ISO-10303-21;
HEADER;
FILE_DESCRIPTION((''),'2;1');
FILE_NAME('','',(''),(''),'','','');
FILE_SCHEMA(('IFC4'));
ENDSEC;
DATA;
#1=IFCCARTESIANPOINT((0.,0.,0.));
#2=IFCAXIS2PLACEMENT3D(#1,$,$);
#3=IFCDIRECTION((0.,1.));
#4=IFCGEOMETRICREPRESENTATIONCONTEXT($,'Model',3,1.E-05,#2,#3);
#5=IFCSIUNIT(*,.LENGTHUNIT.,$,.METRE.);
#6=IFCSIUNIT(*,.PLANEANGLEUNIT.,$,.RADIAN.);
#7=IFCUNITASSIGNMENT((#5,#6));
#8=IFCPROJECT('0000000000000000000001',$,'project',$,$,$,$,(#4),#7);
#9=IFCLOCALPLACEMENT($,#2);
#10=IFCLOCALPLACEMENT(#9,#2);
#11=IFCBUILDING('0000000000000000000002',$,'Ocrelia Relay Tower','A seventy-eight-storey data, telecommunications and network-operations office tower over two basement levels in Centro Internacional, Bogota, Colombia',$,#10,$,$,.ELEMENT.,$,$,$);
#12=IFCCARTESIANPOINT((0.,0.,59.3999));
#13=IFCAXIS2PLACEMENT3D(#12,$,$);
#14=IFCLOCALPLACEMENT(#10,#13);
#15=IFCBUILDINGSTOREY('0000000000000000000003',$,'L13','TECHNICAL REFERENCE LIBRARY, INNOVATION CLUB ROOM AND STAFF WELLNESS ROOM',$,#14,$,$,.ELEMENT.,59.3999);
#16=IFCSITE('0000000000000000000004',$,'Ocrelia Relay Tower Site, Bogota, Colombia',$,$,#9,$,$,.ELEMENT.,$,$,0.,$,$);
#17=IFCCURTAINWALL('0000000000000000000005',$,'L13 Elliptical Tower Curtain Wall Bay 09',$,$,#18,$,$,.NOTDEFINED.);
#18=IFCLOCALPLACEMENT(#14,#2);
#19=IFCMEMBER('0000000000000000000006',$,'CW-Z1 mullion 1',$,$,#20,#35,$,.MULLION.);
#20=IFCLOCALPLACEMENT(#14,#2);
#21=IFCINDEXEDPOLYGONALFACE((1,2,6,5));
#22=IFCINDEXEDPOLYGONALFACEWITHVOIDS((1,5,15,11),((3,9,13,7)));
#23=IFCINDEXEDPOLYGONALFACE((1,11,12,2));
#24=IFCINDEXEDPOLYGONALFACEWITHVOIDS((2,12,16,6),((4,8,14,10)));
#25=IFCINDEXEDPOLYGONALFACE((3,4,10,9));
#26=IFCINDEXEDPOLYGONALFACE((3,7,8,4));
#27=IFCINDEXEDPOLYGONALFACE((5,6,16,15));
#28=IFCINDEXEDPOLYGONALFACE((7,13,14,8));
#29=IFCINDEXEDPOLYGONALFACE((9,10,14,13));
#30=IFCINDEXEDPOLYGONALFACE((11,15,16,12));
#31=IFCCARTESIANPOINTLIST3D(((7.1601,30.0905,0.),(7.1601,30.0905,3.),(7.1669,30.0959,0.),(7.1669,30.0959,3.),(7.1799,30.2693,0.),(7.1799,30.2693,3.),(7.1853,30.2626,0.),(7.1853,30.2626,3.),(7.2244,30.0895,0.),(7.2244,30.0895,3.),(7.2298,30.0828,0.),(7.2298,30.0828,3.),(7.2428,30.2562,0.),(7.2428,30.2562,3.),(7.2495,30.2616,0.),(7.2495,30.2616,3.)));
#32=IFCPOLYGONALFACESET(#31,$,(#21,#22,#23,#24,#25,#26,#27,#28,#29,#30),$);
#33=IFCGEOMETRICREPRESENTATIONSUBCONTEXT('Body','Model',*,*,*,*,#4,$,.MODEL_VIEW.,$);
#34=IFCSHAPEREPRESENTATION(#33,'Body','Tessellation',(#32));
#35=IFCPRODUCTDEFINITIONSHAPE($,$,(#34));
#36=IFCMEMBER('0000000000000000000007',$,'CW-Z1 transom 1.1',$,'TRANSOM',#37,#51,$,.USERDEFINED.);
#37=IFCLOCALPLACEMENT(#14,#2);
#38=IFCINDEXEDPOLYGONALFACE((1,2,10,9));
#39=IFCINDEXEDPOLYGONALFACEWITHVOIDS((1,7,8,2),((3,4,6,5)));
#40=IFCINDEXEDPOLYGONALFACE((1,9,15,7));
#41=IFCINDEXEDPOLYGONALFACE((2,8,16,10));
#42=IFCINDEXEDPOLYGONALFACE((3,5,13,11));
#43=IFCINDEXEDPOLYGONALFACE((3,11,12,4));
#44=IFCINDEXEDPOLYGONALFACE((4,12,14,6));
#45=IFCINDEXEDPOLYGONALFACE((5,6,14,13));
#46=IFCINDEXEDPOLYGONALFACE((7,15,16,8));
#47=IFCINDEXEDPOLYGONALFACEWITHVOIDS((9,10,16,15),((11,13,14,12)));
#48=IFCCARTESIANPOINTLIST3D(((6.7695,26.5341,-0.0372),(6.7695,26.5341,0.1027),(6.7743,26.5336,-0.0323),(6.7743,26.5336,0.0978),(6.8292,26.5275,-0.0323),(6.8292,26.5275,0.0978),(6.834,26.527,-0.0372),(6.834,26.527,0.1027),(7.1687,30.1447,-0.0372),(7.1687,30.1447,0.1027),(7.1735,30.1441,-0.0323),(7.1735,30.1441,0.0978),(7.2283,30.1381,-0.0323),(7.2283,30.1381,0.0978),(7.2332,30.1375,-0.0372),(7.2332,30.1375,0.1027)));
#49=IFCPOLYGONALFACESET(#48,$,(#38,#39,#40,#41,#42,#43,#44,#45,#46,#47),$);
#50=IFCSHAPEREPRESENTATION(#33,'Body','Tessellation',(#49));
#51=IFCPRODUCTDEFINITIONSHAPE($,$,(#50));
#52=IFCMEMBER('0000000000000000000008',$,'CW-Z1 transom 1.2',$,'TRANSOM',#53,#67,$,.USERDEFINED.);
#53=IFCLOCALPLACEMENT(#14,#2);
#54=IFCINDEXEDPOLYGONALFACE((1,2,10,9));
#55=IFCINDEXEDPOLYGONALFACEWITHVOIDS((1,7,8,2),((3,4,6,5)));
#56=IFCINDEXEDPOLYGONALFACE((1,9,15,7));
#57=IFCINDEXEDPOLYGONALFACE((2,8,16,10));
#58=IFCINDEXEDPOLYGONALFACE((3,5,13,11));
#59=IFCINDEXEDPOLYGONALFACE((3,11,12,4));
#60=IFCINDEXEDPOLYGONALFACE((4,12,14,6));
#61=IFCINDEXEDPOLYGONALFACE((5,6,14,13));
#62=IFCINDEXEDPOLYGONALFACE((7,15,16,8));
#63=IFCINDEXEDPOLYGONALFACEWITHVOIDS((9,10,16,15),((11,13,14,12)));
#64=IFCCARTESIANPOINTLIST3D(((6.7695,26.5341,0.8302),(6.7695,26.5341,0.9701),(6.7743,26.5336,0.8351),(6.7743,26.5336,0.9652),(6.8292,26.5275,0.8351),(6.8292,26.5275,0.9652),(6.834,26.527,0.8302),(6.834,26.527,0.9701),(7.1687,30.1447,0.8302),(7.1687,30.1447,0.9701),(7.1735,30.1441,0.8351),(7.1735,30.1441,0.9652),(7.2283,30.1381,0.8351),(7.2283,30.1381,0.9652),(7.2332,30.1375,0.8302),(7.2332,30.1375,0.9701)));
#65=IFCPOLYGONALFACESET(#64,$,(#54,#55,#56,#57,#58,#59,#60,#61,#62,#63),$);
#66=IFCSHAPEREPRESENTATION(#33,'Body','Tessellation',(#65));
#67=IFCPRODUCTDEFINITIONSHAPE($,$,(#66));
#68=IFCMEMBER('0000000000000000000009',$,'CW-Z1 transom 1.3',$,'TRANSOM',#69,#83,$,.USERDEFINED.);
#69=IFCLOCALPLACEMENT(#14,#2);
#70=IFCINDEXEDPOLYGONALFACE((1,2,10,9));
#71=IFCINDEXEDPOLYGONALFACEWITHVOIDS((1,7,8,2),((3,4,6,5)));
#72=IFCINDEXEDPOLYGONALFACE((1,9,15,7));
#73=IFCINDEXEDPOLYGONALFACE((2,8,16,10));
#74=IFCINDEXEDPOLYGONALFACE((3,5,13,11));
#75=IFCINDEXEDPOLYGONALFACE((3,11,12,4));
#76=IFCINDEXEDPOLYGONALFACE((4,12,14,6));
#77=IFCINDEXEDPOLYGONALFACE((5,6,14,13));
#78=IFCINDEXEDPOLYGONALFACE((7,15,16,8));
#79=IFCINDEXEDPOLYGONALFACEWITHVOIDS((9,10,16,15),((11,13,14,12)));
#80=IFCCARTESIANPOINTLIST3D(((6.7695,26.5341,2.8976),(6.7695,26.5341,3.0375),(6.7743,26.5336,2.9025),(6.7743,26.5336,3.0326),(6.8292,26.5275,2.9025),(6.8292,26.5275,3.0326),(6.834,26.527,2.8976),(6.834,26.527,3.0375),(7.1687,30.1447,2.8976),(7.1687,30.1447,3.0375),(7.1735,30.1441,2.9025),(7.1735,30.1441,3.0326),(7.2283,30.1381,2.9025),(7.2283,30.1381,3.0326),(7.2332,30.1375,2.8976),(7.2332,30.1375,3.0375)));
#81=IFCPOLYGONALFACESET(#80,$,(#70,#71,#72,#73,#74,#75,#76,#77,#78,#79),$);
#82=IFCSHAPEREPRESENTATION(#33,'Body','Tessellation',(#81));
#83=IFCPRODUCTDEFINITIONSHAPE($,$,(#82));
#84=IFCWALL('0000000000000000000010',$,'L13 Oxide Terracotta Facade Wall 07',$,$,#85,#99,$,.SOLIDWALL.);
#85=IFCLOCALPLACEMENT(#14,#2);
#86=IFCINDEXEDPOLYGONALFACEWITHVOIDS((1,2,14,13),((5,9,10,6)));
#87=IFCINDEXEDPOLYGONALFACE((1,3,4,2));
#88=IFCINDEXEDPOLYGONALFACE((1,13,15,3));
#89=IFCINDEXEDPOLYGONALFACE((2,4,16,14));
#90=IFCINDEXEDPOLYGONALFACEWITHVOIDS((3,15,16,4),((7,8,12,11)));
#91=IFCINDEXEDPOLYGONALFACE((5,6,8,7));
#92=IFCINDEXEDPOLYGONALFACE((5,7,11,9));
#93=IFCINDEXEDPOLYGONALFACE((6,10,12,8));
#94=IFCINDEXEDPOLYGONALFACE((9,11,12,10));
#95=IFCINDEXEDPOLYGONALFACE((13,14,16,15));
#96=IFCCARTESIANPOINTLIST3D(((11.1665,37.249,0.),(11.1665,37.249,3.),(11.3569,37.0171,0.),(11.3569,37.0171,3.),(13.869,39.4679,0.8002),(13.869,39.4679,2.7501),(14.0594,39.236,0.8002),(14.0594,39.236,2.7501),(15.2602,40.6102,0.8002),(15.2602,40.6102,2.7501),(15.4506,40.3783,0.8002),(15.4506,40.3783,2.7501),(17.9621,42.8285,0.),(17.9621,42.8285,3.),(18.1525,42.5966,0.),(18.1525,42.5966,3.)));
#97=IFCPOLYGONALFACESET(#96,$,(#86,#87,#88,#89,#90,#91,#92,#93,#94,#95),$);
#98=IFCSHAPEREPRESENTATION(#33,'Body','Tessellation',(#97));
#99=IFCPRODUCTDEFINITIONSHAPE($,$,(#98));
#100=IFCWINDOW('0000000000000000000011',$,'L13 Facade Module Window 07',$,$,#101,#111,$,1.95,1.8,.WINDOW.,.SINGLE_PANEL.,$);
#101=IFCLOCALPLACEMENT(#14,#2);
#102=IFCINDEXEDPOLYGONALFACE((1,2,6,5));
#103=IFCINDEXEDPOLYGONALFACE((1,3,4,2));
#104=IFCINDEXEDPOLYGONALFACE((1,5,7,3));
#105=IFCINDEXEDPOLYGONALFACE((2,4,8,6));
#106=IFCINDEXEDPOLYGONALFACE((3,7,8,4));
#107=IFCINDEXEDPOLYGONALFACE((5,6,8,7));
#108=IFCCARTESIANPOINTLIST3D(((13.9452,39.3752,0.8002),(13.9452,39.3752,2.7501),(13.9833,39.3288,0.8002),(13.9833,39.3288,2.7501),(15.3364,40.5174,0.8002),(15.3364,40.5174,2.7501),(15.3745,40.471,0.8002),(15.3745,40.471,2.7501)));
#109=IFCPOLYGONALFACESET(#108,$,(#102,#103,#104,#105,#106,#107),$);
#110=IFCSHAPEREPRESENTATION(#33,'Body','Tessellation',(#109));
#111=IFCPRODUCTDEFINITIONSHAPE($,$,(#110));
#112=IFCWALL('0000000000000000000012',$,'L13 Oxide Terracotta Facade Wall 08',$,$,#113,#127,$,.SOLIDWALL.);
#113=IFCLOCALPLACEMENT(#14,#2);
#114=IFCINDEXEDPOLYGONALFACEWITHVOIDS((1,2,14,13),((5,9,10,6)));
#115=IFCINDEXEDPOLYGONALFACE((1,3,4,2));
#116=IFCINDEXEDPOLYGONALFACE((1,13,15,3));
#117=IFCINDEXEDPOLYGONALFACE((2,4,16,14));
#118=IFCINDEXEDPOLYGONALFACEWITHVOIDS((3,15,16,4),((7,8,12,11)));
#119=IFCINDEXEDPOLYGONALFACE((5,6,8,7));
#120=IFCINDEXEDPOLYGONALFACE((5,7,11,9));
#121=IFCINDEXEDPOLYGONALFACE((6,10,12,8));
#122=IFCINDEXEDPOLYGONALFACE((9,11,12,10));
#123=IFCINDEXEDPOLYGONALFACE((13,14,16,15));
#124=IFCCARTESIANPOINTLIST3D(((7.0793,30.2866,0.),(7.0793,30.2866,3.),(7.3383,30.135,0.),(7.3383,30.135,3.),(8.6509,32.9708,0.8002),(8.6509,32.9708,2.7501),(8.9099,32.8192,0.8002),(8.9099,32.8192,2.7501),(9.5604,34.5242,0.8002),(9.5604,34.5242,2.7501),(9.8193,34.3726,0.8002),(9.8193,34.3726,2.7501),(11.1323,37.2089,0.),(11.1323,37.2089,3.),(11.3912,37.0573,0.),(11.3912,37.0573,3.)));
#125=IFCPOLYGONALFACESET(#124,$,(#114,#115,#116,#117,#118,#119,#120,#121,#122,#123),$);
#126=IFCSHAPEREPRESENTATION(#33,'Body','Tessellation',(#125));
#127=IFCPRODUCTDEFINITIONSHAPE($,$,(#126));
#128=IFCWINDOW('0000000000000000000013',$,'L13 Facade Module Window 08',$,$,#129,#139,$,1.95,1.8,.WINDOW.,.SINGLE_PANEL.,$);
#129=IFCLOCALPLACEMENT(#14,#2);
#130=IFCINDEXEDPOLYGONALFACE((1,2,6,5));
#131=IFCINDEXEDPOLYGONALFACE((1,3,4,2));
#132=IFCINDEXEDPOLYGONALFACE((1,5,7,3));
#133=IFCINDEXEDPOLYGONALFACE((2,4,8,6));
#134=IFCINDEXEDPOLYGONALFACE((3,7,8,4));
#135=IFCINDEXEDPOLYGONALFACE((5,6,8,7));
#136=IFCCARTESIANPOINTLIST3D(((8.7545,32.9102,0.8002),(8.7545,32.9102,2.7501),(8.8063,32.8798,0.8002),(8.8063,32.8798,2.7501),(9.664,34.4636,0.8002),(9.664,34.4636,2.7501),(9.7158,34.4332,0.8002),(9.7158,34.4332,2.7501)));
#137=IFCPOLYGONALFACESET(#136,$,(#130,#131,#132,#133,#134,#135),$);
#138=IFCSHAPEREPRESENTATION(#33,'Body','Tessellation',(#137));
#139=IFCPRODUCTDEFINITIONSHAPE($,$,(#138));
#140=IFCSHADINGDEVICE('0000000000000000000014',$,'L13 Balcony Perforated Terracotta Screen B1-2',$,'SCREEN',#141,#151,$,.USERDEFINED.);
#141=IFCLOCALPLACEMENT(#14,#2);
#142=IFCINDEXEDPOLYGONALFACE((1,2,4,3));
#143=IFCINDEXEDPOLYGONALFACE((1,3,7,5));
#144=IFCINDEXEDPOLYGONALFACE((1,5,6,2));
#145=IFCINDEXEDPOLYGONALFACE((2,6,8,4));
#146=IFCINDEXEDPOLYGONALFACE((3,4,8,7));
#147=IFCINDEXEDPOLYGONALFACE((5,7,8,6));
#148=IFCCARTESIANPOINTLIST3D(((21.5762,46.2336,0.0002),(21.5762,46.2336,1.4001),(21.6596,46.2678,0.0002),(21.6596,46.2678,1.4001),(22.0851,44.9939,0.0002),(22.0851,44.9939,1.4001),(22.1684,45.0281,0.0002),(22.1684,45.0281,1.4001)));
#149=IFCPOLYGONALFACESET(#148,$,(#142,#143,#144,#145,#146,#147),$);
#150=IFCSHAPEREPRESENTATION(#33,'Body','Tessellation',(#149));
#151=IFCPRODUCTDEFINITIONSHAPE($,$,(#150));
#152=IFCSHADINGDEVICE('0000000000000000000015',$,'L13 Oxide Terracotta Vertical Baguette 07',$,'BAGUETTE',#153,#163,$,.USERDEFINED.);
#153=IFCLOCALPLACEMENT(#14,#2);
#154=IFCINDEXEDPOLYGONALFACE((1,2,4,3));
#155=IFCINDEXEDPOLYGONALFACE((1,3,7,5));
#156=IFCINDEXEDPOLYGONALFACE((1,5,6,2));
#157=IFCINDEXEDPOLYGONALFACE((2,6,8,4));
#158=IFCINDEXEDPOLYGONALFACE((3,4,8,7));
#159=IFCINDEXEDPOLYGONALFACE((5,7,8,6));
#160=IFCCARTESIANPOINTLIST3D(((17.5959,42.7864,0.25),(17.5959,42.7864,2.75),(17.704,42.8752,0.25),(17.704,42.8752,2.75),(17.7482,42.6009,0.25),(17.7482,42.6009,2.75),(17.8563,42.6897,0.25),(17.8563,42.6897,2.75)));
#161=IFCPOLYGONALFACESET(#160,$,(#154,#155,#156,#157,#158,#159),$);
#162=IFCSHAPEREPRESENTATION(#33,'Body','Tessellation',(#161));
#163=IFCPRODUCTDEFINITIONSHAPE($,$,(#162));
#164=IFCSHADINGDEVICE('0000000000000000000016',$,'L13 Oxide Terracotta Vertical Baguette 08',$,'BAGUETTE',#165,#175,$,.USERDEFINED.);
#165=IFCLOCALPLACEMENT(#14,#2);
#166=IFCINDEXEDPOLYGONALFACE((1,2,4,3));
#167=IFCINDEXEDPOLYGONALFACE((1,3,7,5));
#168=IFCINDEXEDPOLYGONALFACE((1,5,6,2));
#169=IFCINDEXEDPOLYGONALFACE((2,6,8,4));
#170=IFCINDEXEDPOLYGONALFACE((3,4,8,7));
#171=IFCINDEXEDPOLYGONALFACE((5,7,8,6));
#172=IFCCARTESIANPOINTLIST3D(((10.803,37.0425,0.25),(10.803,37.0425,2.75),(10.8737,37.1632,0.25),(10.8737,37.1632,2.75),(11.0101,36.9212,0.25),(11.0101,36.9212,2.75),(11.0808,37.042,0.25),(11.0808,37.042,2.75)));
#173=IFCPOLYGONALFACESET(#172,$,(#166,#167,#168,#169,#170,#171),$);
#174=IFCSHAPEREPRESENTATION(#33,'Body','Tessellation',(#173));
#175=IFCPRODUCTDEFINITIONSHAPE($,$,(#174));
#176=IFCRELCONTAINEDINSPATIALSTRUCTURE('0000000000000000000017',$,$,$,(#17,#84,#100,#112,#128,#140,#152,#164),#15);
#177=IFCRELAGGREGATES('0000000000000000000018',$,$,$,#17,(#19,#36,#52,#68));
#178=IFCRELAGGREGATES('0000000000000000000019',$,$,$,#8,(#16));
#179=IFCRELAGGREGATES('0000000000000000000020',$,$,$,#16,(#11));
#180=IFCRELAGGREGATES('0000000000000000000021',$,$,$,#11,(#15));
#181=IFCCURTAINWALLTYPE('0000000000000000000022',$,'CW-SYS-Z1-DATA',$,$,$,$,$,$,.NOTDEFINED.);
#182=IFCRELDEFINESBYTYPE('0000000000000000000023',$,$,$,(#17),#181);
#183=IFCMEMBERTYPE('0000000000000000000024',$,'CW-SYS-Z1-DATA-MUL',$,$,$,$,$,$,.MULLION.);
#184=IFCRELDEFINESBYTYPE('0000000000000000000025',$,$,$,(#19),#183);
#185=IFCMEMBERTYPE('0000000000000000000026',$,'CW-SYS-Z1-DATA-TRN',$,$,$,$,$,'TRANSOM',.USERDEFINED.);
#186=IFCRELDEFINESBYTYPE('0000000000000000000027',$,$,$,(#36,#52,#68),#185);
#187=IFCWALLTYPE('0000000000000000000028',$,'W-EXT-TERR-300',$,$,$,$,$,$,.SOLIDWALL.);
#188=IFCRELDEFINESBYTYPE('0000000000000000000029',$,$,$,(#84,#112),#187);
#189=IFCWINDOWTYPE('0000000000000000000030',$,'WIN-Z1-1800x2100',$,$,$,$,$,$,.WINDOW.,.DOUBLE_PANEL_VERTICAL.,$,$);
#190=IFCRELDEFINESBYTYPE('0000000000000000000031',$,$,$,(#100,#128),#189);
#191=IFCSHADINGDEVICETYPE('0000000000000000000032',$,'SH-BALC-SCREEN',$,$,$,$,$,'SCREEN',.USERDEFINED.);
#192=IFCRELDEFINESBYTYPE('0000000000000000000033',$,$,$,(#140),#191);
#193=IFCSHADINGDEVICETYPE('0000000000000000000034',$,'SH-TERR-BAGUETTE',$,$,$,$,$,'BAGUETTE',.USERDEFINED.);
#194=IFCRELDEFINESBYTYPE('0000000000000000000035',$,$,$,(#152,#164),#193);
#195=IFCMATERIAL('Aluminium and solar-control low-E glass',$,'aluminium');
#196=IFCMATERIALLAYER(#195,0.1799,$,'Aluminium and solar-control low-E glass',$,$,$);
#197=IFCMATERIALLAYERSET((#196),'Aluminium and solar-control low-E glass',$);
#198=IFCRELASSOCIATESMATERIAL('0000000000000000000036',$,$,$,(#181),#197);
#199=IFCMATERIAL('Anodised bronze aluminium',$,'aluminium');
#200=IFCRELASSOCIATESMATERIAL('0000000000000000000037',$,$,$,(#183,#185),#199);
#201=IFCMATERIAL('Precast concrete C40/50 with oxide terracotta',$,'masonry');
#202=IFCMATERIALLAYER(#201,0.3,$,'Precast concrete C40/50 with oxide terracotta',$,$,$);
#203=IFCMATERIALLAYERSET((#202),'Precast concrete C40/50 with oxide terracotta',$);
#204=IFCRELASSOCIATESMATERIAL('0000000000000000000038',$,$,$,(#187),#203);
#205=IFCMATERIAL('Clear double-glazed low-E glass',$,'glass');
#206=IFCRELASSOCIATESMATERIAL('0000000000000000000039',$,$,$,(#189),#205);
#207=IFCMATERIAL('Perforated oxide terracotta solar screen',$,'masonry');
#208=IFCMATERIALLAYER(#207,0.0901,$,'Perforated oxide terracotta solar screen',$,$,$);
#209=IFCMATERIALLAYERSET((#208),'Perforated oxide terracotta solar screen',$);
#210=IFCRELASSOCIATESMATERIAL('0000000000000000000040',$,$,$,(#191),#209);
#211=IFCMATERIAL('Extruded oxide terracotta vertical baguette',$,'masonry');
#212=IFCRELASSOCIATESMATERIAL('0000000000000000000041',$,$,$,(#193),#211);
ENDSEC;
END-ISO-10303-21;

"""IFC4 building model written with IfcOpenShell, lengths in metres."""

from ifc_helpers import new_model, si_unit, direction, frame, frame_2d, origin, origin_2d, place, context, subcontext, project, spatial, rectangle, hollow_rectangle, extrude, material, layer, layer_set, material_profile, profile_set, type_object, element, fill, aggregate, save


model = new_model("IFC4")

# Units and contexts
model_context = context("Model", 3, precision=1e-05, world=origin(), true_north=direction((0.0, 1.0)))
body_context = subcontext(model_context, "Body", "Model", "MODEL_VIEW")
ifc_project = project(units=[si_unit("LENGTHUNIT", "METRE"), si_unit("PLANEANGLEUNIT", "RADIAN")], contexts=[model_context])

# Site, building, storey
site_placement = place(None, origin())
site = spatial("IfcSite", under=ifc_project, at=site_placement, Name="Ocrelia Relay Tower Site, Bogota, Colombia", CompositionType="ELEMENT", RefElevation=0.0)
building_placement = place(site_placement, origin())
building = spatial("IfcBuilding", under=site, at=building_placement, Name="Ocrelia Relay Tower", Description="A seventy-eight-storey data, telecommunications and network-operations office tower over two basement levels in Centro Internacional, Bogota, Colombia", CompositionType="ELEMENT")
storey_placement = place(building_placement, frame((0.0, 0.0, 59.3999)))
storey = spatial("IfcBuildingStorey", under=building, at=storey_placement, Name="L13", Description="TECHNICAL REFERENCE LIBRARY, INNOVATION CLUB ROOM AND STAFF WELLNESS ROOM", CompositionType="ELEMENT", Elevation=59.3999)

# Curtain wall, members
ifc_material_1 = material(Name="Aluminium and solar-control low-E glass", Category="aluminium")
ifc_layer_1 = layer(ifc_material_1, 0.1799, Name="Aluminium and solar-control low-E glass")
ifc_layer_set_1 = layer_set([ifc_layer_1], Name="Aluminium and solar-control low-E glass")
curtain_wall_type = type_object("IfcCurtainWallType", Name="CW-SYS-Z1-DATA", PredefinedType="NOTDEFINED", material=ifc_layer_set_1)
curtain_wall_placement = place(storey_placement, origin())
curtain_wall = element("IfcCurtainWall", 1, at=curtain_wall_placement, inside=storey, type_object=curtain_wall_type, Name="L13 Elliptical Tower Curtain Wall Bay 09", PredefinedType="NOTDEFINED")
ifc_material_2 = material(Name="Anodised bronze aluminium", Category="aluminium")
ifc_material_profile_1 = material_profile(ifc_material_2, hollow_rectangle(XDim=0.0701, YDim=0.1799, WallThickness=0.0061, at=origin_2d()), Name="CW-MUL-180x70")
ifc_profile_set_1 = profile_set([ifc_material_profile_1], Name="Anodised bronze aluminium")
member_type_1 = type_object("IfcMemberType", Name="CW-SYS-Z1-DATA-MUL", PredefinedType="MULLION", material=ifc_profile_set_1)
member_1_placement = place(storey_placement, frame((7.2048, 30.176, 0.0), z_axis=(0.0, 0.0, 1.0), x_axis=(0.993941, -0.109919, 0.0)))
member_1 = element("IfcMember", 2, at=member_1_placement, type_object=member_type_1, Name="CW-Z1 mullion 1", PredefinedType="MULLION", context=body_context, shape_type="SweptSolid", body=[
    extrude(hollow_rectangle(XDim=0.0701, YDim=0.1799, WallThickness=0.0061, at=origin_2d()), origin(), (0.0, 0.0, 1.0), 3.0),
])
ifc_material_profile_2 = material_profile(ifc_material_2, hollow_rectangle(XDim=0.0649, YDim=0.1399, WallThickness=0.0049, at=origin_2d()), Name="CW-TRN-140x65")
ifc_profile_set_2 = profile_set([ifc_material_profile_2], Name="Anodised bronze aluminium")
member_type_2 = type_object("IfcMemberType", Name="CW-SYS-Z1-DATA-TRN", ElementType="TRANSOM", PredefinedType="USERDEFINED", material=ifc_profile_set_2)
member_2_placement = place(storey_placement, frame((7.2009, 30.1411, 0.0327), z_axis=(-0.109886, -0.993944, 0.0), x_axis=(0.993944, -0.109886, 0.0)))
member_2 = element("IfcMember", 3, at=member_2_placement, type_object=member_type_2, Name="CW-Z1 transom 1.1", ObjectType="TRANSOM", PredefinedType="USERDEFINED", context=body_context, shape_type="SweptSolid", body=[
    extrude(hollow_rectangle(XDim=0.0649, YDim=0.1399, WallThickness=0.0049, at=origin_2d()), origin(), (0.0, 0.0, 1.0), 3.6326),
])
member_3_placement = place(storey_placement, frame((7.2009, 30.1411, 0.9001), z_axis=(-0.109886, -0.993944, 0.0), x_axis=(0.993944, -0.109886, 0.0)))
member_3 = element("IfcMember", 4, at=member_3_placement, type_object=member_type_2, Name="CW-Z1 transom 1.2", ObjectType="TRANSOM", PredefinedType="USERDEFINED", context=body_context, shape_type="SweptSolid", body=[
    extrude(hollow_rectangle(XDim=0.0649, YDim=0.1399, WallThickness=0.0049, at=origin_2d()), origin(), (0.0, 0.0, 1.0), 3.6326),
])
member_4_placement = place(storey_placement, frame((7.2009, 30.1411, 2.9675), z_axis=(-0.109886, -0.993944, 0.0), x_axis=(0.993944, -0.109886, 0.0)))
member_4 = element("IfcMember", 5, at=member_4_placement, type_object=member_type_2, Name="CW-Z1 transom 1.3", ObjectType="TRANSOM", PredefinedType="USERDEFINED", context=body_context, shape_type="SweptSolid", body=[
    extrude(hollow_rectangle(XDim=0.0649, YDim=0.1399, WallThickness=0.0049, at=origin_2d()), origin(), (0.0, 0.0, 1.0), 3.6326),
])
aggregate(curtain_wall, [member_1, member_2, member_3, member_4])

# Walls, openings, windows
ifc_material_3 = material(Name="Precast concrete C40/50 with oxide terracotta", Category="masonry")
ifc_layer_2 = layer(ifc_material_3, 0.3, Name="Precast concrete C40/50 with oxide terracotta")
ifc_layer_set_2 = layer_set([ifc_layer_2], Name="Precast concrete C40/50 with oxide terracotta")
wall_type = type_object("IfcWallType", Name="W-EXT-TERR-300", PredefinedType="SOLIDWALL", material=ifc_layer_set_2)
wall_1_placement = place(storey_placement, frame((18.0574, 42.7126, 0.0), z_axis=(0.0, 0.0, 1.0), x_axis=(-0.772869, -0.634566, 0.0)))
wall_1 = element("IfcWall", 6, at=wall_1_placement, inside=storey, type_object=wall_type, Name="L13 Oxide Terracotta Facade Wall 07", PredefinedType="SOLIDWALL", context=body_context, shape_type="SweptSolid", body=[
    extrude(rectangle(XDim=8.7927, YDim=0.3, at=frame_2d((4.3965, 0.0))), origin(), (0.0, 0.0, 1.0), 3.0),
])
opening_1_placement = place(wall_1_placement, frame((3.4961, 0.0, 0.8)))
opening_1 = element("IfcOpeningElement", 7, at=opening_1_placement, cuts=wall_1, PredefinedType="OPENING", context=body_context, shape_type="SweptSolid", body=[
    extrude(rectangle(XDim=1.8, YDim=1.95, at=frame_2d((0.8999, 0.9751))), frame((0.0, 0.1602, 0.0), z_axis=(0.0, -1.0, 0.0), x_axis=(1.0, 0.0, 0.0)), (0.0, 0.0, 1.0), 0.3201),
])
ifc_material_4 = material(Name="Clear double-glazed low-E glass", Category="glass")
window_type = type_object("IfcWindowType", Name="WIN-Z1-1800x2100", PartitioningType="DOUBLE_PANEL_VERTICAL", PredefinedType="WINDOW", material=ifc_material_4)
window_1_placement = place(opening_1_placement, origin())
window_1 = element("IfcWindow", 8, at=window_1_placement, inside=storey, type_object=window_type, Name="L13 Facade Module Window 07", OverallHeight=1.95, OverallWidth=1.8, PartitioningType="SINGLE_PANEL", PredefinedType="WINDOW", context=body_context, shape_type="SweptSolid", body=[
    extrude(rectangle(XDim=1.8, YDim=1.95, at=frame_2d((0.8999, 0.9751))), frame((0.0, 0.03, 0.0), z_axis=(0.0, -1.0, 0.0), x_axis=(1.0, 0.0, 0.0)), (0.0, 0.0, 1.0), 0.0601),
])
fill(opening_1, window_1)
wall_2_placement = place(storey_placement, frame((11.2617, 37.1331, 0.0), z_axis=(0.0, 0.0, 1.0), x_axis=(-0.505259, -0.862968, 0.0)))
wall_2 = element("IfcWall", 9, at=wall_2_placement, inside=storey, type_object=wall_type, Name="L13 Oxide Terracotta Facade Wall 08", PredefinedType="SOLIDWALL", context=body_context, shape_type="SweptSolid", body=[
    extrude(rectangle(XDim=8.0215, YDim=0.3, at=frame_2d((4.0107, 0.0))), origin(), (0.0, 0.0, 1.0), 3.0),
])
opening_2_placement = place(wall_2_placement, frame((3.1111, 0.0, 0.8)))
opening_2 = element("IfcOpeningElement", 10, at=opening_2_placement, cuts=wall_2, PredefinedType="OPENING", context=body_context, shape_type="SweptSolid", body=[
    extrude(rectangle(XDim=1.8, YDim=1.95, at=frame_2d((0.8999, 0.9751))), frame((0.0, 0.1602, 0.0), z_axis=(0.0, -1.0, 0.0), x_axis=(1.0, 0.0, 0.0)), (0.0, 0.0, 1.0), 0.3201),
])
window_2_placement = place(opening_2_placement, origin())
window_2 = element("IfcWindow", 11, at=window_2_placement, inside=storey, type_object=window_type, Name="L13 Facade Module Window 08", OverallHeight=1.95, OverallWidth=1.8, PartitioningType="SINGLE_PANEL", PredefinedType="WINDOW", context=body_context, shape_type="SweptSolid", body=[
    extrude(rectangle(XDim=1.8, YDim=1.95, at=frame_2d((0.8999, 0.9751))), frame((0.0, 0.03, 0.0), z_axis=(0.0, -1.0, 0.0), x_axis=(1.0, 0.0, 0.0)), (0.0, 0.0, 1.0), 0.0601),
])
fill(opening_2, window_2)

# Shading devices
ifc_material_5 = material(Name="Perforated oxide terracotta solar screen", Category="masonry")
ifc_layer_3 = layer(ifc_material_5, 0.0901, Name="Perforated oxide terracotta solar screen")
ifc_layer_set_3 = layer_set([ifc_layer_3], Name="Perforated oxide terracotta solar screen")
shading_device_type_1 = type_object("IfcShadingDeviceType", Name="SH-BALC-SCREEN", ElementType="SCREEN", PredefinedType="USERDEFINED", material=ifc_layer_set_3)
shading_device_1_placement = place(storey_placement, frame((21.8723, 45.6309, 0.0002), z_axis=(0.0, 0.0, 1.0), x_axis=(-0.379703, 0.925109, 0.0)))
element("IfcShadingDevice", 12, at=shading_device_1_placement, inside=storey, type_object=shading_device_type_1, Name="L13 Balcony Perforated Terracotta Screen B1-2", ObjectType="SCREEN", PredefinedType="USERDEFINED", context=body_context, shape_type="SweptSolid", body=[
    extrude(rectangle(XDim=1.3401, YDim=0.0901, at=origin_2d()), origin(), (0.0, 0.0, 1.0), 1.3999),
])
ifc_material_6 = material(Name="Extruded oxide terracotta vertical baguette", Category="masonry")
shading_device_type_2 = type_object("IfcShadingDeviceType", Name="SH-TERR-BAGUETTE", ElementType="BAGUETTE", PredefinedType="USERDEFINED", material=ifc_material_6)
for number, where, z_axis, x_axis, name in (
    (13, (17.7261, 42.738, 0.25), (0.0, 0.0, 1.0), (-0.772876, -0.634557, 0.0), "L13 Oxide Terracotta Vertical Baguette 07"),
    (14, (10.9419, 37.0422, 0.25), (0.0, 0.0, 1.0), (-0.505265, -0.862964, 0.0), "L13 Oxide Terracotta Vertical Baguette 08"),
):
    element("IfcShadingDevice", number, at=place(storey_placement, frame(where, z_axis=z_axis, x_axis=x_axis)), inside=storey, type_object=shading_device_type_2, Name=name, ObjectType="BAGUETTE", PredefinedType="USERDEFINED", context=body_context, shape_type="SweptSolid", body=[
        extrude(rectangle(XDim=0.1399, YDim=0.24, at=origin_2d()), origin(), (0.0, 0.0, 1.0), 2.5),
    ])

save(model, "model.ifc")
